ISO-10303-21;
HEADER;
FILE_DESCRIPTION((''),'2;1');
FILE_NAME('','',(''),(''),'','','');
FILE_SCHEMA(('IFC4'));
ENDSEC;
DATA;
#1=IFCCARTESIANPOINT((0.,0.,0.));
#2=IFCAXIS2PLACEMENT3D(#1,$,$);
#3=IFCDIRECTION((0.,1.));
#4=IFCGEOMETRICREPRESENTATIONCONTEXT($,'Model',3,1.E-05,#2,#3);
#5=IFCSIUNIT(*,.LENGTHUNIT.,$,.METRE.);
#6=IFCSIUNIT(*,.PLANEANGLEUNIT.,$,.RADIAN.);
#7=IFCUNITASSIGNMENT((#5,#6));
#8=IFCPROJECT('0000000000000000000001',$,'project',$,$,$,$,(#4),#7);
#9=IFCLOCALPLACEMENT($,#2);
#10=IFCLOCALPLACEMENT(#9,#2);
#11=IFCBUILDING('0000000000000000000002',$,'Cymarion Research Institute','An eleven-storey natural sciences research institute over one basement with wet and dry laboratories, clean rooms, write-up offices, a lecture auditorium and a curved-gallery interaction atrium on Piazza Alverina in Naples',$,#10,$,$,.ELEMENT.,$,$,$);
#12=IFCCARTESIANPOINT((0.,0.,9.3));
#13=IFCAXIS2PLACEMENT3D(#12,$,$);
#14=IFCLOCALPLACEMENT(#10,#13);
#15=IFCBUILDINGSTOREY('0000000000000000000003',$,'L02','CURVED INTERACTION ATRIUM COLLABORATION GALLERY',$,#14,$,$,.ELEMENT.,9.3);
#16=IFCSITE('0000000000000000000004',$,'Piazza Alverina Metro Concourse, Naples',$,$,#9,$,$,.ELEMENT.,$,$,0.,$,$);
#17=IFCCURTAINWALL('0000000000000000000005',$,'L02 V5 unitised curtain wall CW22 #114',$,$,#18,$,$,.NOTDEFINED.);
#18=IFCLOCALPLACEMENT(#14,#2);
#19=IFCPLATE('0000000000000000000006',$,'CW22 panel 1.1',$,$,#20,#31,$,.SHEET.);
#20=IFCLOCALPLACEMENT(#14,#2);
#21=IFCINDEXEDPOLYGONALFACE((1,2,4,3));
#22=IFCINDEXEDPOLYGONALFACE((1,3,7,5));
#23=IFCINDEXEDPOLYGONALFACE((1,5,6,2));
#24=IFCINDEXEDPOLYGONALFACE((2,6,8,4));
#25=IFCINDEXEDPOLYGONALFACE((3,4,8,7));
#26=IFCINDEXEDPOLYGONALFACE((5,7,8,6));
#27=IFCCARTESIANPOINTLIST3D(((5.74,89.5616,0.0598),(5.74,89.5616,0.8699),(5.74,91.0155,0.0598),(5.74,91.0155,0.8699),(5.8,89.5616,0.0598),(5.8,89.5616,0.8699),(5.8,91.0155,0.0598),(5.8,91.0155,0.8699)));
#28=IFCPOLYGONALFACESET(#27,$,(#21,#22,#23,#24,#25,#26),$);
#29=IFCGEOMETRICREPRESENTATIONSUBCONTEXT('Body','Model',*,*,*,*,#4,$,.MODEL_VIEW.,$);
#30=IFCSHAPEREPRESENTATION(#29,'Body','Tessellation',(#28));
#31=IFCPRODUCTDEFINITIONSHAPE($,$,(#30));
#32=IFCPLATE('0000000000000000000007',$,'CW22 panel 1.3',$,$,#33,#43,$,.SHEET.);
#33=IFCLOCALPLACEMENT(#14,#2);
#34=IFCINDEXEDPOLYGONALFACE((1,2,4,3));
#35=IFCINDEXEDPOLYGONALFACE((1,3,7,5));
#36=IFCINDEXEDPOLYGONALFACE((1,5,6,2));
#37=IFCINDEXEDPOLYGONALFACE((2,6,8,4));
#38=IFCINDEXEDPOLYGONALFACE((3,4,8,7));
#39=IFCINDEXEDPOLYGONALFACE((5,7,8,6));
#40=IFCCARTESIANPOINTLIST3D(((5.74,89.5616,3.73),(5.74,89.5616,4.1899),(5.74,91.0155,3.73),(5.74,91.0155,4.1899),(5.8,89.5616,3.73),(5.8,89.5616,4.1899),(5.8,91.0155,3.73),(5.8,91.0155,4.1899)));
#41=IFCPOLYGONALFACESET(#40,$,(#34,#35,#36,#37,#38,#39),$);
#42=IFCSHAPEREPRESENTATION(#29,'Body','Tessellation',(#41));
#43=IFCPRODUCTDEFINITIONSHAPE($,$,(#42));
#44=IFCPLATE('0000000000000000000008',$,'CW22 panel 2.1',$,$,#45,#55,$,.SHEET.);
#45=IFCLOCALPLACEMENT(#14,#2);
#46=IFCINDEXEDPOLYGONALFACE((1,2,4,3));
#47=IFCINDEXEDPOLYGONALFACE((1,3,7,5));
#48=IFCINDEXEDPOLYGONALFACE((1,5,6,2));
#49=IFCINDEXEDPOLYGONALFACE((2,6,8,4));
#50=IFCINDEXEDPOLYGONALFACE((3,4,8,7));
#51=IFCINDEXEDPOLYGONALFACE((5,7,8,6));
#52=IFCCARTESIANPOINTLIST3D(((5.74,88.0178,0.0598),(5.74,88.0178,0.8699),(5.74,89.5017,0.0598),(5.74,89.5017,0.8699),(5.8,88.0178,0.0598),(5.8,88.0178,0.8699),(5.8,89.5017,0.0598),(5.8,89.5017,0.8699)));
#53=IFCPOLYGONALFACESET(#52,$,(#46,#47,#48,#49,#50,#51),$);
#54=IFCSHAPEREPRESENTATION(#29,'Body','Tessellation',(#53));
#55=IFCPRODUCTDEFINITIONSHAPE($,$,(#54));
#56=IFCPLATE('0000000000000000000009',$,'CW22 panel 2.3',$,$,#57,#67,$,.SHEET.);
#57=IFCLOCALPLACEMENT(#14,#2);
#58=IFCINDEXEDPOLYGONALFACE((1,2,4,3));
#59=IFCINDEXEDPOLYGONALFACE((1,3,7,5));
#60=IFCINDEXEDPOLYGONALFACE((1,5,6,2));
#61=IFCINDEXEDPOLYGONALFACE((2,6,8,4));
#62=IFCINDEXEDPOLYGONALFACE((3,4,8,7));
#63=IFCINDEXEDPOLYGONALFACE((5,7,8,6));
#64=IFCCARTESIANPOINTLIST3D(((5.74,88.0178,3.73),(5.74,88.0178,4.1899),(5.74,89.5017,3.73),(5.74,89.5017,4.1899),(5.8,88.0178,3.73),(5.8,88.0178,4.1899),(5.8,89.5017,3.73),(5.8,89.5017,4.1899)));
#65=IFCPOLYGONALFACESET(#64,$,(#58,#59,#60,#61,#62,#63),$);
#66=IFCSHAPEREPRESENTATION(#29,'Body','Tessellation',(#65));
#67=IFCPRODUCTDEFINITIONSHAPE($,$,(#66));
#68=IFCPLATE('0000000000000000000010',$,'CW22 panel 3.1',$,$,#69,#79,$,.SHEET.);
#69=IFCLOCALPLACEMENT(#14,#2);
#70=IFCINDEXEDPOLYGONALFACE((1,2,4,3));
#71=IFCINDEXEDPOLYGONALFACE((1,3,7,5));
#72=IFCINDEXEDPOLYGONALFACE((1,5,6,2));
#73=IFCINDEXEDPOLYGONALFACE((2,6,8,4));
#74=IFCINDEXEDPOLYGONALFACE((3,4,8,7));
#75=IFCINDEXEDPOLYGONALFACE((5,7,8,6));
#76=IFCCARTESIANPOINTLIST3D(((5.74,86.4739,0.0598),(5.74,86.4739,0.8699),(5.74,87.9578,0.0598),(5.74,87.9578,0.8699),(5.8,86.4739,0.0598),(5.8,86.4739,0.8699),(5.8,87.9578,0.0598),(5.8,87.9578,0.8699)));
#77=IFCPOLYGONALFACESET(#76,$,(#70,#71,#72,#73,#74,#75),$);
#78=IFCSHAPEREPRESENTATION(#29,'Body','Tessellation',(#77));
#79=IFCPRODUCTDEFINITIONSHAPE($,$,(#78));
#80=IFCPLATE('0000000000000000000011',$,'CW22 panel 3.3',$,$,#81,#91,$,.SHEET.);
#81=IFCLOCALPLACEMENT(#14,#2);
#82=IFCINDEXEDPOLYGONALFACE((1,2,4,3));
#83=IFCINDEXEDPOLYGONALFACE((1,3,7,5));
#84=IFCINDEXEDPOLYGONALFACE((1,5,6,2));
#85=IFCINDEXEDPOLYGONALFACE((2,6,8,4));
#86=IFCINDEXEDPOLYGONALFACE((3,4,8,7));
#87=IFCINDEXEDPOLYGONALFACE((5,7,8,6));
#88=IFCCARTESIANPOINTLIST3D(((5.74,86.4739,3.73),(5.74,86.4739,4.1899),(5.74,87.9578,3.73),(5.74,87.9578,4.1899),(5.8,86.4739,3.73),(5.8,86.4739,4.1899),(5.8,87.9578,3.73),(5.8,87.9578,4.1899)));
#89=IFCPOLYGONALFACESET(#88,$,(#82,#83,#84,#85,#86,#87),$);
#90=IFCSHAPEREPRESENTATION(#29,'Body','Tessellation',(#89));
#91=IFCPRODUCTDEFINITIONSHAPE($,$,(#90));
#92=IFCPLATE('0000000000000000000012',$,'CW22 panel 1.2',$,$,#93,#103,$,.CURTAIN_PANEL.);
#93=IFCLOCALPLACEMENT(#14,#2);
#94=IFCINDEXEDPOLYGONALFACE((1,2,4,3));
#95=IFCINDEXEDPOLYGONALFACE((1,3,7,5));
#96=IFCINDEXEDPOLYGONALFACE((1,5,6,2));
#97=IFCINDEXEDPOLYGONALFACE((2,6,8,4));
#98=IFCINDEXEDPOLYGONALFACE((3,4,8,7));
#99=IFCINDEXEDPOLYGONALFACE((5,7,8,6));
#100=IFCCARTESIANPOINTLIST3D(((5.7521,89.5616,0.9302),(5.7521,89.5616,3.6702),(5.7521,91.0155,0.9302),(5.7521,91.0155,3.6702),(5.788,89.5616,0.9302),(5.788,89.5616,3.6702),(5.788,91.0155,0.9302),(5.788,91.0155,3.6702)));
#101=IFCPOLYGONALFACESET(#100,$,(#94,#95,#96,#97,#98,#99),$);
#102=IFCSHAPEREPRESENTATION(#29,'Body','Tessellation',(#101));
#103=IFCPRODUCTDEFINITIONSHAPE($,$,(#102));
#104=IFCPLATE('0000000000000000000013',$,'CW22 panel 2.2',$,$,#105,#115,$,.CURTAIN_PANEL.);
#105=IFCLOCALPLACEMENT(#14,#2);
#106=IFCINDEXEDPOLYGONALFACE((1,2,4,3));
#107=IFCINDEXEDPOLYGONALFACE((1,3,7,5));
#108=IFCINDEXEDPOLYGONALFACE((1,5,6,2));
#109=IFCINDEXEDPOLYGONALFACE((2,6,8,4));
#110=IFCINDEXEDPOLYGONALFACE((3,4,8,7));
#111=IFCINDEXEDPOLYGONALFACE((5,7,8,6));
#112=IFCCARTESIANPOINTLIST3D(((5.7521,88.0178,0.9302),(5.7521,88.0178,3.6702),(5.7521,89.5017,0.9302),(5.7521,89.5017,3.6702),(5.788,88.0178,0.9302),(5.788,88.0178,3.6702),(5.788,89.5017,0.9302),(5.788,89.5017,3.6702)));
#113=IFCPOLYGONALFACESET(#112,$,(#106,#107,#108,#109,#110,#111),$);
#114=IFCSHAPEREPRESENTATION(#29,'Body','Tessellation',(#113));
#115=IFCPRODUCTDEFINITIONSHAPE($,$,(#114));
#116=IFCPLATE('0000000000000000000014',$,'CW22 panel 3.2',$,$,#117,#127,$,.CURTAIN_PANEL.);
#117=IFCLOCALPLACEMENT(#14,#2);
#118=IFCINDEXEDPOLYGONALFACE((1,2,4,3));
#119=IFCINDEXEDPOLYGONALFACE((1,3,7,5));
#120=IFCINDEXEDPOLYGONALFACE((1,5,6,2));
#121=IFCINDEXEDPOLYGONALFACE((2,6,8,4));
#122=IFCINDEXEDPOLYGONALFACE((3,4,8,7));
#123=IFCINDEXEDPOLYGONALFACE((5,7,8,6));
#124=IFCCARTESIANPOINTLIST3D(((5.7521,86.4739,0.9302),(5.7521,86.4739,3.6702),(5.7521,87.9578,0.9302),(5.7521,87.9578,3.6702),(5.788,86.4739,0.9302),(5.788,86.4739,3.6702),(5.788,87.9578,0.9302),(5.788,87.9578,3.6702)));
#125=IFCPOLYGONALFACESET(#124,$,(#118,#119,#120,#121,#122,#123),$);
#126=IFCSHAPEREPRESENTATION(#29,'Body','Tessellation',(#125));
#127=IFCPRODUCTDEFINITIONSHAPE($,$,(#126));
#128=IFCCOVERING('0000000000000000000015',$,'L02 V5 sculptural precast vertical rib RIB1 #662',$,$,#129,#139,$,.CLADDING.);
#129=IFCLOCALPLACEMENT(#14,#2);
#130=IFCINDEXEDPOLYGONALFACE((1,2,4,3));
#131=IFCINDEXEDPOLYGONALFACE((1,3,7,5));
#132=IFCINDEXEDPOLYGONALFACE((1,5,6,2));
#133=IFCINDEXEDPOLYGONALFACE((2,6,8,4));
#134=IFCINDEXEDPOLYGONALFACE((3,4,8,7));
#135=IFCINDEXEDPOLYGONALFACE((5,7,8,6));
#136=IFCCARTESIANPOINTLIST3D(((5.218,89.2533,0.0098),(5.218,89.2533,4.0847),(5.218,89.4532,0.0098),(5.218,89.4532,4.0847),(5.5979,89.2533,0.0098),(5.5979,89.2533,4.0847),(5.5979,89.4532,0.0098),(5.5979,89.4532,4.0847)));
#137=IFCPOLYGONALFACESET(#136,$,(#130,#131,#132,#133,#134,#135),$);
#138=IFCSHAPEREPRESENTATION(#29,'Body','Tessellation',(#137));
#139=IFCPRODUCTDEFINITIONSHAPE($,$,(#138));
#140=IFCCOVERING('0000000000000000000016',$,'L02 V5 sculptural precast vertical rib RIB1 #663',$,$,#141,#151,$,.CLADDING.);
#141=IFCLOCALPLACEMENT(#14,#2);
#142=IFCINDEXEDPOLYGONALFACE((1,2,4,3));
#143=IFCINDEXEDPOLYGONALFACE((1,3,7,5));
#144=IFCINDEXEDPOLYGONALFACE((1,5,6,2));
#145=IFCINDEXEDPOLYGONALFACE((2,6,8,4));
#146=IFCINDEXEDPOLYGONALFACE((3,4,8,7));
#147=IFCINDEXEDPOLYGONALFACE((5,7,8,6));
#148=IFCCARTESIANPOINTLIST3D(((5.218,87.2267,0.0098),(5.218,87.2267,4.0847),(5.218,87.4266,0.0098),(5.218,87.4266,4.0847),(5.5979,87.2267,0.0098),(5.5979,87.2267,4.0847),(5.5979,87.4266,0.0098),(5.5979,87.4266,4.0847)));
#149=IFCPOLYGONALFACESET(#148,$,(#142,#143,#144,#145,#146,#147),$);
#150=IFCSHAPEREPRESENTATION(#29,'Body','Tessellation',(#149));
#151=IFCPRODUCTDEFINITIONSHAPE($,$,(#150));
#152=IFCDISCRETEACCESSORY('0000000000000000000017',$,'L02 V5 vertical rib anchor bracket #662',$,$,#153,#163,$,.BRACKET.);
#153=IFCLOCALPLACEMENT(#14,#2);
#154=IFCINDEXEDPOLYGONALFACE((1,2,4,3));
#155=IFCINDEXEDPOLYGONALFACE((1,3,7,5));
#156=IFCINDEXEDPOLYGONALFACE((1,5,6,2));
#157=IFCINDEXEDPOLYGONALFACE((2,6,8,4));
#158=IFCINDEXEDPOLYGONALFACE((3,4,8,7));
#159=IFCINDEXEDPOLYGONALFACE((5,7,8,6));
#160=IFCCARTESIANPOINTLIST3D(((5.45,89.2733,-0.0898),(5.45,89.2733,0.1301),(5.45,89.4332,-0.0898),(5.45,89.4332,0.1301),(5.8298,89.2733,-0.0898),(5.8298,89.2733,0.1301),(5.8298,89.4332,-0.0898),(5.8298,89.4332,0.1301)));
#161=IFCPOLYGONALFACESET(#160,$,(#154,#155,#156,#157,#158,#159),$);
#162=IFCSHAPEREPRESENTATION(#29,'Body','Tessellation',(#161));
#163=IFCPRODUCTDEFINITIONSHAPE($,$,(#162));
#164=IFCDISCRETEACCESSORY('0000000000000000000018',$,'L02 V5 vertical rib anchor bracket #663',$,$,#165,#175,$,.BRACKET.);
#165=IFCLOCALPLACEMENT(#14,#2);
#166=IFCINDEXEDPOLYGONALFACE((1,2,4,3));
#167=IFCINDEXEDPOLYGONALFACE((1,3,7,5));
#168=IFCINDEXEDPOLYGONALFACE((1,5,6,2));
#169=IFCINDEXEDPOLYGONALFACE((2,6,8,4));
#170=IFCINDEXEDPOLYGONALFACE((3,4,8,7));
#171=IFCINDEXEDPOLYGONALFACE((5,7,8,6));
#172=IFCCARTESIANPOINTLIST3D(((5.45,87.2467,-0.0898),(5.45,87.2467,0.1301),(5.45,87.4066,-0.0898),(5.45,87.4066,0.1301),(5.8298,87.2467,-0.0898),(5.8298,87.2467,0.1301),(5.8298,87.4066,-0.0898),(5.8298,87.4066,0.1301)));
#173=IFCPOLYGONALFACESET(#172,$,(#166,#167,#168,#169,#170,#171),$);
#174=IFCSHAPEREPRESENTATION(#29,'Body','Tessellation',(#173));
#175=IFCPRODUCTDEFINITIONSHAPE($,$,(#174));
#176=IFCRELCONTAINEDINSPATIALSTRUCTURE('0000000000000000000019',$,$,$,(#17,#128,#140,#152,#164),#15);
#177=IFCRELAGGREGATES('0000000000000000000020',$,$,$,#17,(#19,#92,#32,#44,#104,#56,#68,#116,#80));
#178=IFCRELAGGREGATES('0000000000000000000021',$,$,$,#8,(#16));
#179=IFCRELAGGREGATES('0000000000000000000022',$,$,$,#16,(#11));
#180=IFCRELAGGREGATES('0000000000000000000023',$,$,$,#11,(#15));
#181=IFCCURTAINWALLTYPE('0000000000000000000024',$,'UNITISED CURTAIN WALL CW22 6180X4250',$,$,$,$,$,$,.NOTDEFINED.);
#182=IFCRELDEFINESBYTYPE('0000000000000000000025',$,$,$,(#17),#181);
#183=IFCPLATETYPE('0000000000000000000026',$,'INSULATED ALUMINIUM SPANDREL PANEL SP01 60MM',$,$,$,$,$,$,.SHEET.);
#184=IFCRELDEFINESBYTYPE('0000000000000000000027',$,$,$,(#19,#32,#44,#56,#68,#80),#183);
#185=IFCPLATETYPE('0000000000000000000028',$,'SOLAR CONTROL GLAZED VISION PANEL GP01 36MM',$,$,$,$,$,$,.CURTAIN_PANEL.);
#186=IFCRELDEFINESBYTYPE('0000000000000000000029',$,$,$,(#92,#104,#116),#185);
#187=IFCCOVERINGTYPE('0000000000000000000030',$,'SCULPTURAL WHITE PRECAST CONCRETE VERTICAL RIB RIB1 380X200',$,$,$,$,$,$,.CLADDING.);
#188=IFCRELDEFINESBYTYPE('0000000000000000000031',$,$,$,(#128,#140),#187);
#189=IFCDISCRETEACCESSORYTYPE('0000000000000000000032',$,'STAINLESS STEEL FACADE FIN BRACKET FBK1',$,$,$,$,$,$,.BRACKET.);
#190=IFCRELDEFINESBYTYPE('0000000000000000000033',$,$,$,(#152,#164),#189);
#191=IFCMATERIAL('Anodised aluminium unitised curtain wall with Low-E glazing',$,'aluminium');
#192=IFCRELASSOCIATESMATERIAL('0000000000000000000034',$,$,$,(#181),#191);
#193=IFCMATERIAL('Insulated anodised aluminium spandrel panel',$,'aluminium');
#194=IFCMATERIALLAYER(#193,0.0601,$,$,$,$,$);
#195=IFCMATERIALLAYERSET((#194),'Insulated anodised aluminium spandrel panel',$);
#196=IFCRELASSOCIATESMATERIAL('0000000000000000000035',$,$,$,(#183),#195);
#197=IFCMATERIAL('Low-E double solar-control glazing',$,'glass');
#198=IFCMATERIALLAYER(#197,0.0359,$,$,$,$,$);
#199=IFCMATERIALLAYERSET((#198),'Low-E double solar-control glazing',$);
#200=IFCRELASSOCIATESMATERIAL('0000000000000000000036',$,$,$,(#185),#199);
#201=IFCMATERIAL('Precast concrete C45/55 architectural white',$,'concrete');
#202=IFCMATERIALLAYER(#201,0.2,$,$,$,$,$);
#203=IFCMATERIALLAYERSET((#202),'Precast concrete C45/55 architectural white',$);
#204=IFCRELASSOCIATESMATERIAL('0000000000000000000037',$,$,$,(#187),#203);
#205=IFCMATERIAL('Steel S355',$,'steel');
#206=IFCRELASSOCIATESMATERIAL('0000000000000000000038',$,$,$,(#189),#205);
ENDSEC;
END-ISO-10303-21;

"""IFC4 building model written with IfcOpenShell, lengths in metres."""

from ifc_helpers import new_model, si_unit, direction, frame, origin, origin_2d, place, context, subcontext, project, spatial, rectangle, extrude, material, layer, layer_set, type_object, element, aggregate, save


model = new_model("IFC4")

# Units and contexts
model_context = context("Model", 3, precision=1e-05, world=origin(), true_north=direction((0.0, 1.0)))
body_context = subcontext(model_context, "Body", "Model", "MODEL_VIEW")
ifc_project = project(units=[si_unit("LENGTHUNIT", "METRE"), si_unit("PLANEANGLEUNIT", "RADIAN")], contexts=[model_context])

# Site, building, storey
site_placement = place(None, origin())
site = spatial("IfcSite", under=ifc_project, at=site_placement, Name="Piazza Alverina Metro Concourse, Naples", CompositionType="ELEMENT", RefElevation=0.0)
building_placement = place(site_placement, origin())
building = spatial("IfcBuilding", under=site, at=building_placement, Name="Cymarion Research Institute", Description="An eleven-storey natural sciences research institute over one basement with wet and dry laboratories, clean rooms, write-up offices, a lecture auditorium and a curved-gallery interaction atrium on Piazza Alverina in Naples", CompositionType="ELEMENT")
storey_placement = place(building_placement, frame((0.0, 0.0, 9.3)))
storey = spatial("IfcBuildingStorey", under=building, at=storey_placement, Name="L02", Description="CURVED INTERACTION ATRIUM COLLABORATION GALLERY", CompositionType="ELEMENT", Elevation=9.3)

# Curtain wall, plates
ifc_material_1 = material(Name="Anodised aluminium unitised curtain wall with Low-E glazing", Category="aluminium")
curtain_wall_type = type_object("IfcCurtainWallType", Name="UNITISED CURTAIN WALL CW22 6180X4250", PredefinedType="NOTDEFINED", material=ifc_material_1)
curtain_wall_placement = place(storey_placement, origin())
curtain_wall = element("IfcCurtainWall", 1, at=curtain_wall_placement, inside=storey, type_object=curtain_wall_type, Name="L02 V5 unitised curtain wall CW22 #114", PredefinedType="NOTDEFINED")
ifc_material_2 = material(Name="Insulated anodised aluminium spandrel panel", Category="aluminium")
ifc_layer_1 = layer(ifc_material_2, 0.0601)
ifc_layer_set_1 = layer_set([ifc_layer_1], Name="Insulated anodised aluminium spandrel panel")
plate_type_1 = type_object("IfcPlateType", Name="INSULATED ALUMINIUM SPANDREL PANEL SP01 60MM", PredefinedType="SHEET", material=ifc_layer_set_1)
plate_1_placement = place(storey_placement, frame((5.77, 90.2886, 0.0598), z_axis=(0.0, 0.0, 1.0), x_axis=(0.0, -1.0, 0.0)))
plate_1 = element("IfcPlate", 2, at=plate_1_placement, type_object=plate_type_1, Name="CW22 panel 1.1", PredefinedType="SHEET", context=body_context, shape_type="SweptSolid", body=[
    extrude(rectangle(XDim=1.4539, YDim=0.0601, at=origin_2d()), origin(), (0.0, 0.0, 1.0), 0.8101),
])
plate_2_placement = place(storey_placement, frame((5.77, 90.2886, 3.73), z_axis=(0.0, 0.0, 1.0), x_axis=(0.0, -1.0, 0.0)))
plate_2 = element("IfcPlate", 3, at=plate_2_placement, type_object=plate_type_1, Name="CW22 panel 1.3", PredefinedType="SHEET", context=body_context, shape_type="SweptSolid", body=[
    extrude(rectangle(XDim=1.4539, YDim=0.0601, at=origin_2d()), origin(), (0.0, 0.0, 1.0), 0.46),
])
plate_3_placement = place(storey_placement, frame((5.77, 88.7598, 0.0598), z_axis=(0.0, 0.0, 1.0), x_axis=(0.0, -1.0, 0.0)))
plate_3 = element("IfcPlate", 4, at=plate_3_placement, type_object=plate_type_1, Name="CW22 panel 2.1", PredefinedType="SHEET", context=body_context, shape_type="SweptSolid", body=[
    extrude(rectangle(XDim=1.4839, YDim=0.0601, at=origin_2d()), origin(), (0.0, 0.0, 1.0), 0.8101),
])
plate_4_placement = place(storey_placement, frame((5.77, 88.7598, 3.73), z_axis=(0.0, 0.0, 1.0), x_axis=(0.0, -1.0, 0.0)))
plate_4 = element("IfcPlate", 5, at=plate_4_placement, type_object=plate_type_1, Name="CW22 panel 2.3", PredefinedType="SHEET", context=body_context, shape_type="SweptSolid", body=[
    extrude(rectangle(XDim=1.4839, YDim=0.0601, at=origin_2d()), origin(), (0.0, 0.0, 1.0), 0.46),
])
plate_5_placement = place(storey_placement, frame((5.77, 87.2158, 0.0598), z_axis=(0.0, 0.0, 1.0), x_axis=(0.0, -1.0, 0.0)))
plate_5 = element("IfcPlate", 6, at=plate_5_placement, type_object=plate_type_1, Name="CW22 panel 3.1", PredefinedType="SHEET", context=body_context, shape_type="SweptSolid", body=[
    extrude(rectangle(XDim=1.4839, YDim=0.0601, at=origin_2d()), origin(), (0.0, 0.0, 1.0), 0.8101),
])
plate_6_placement = place(storey_placement, frame((5.77, 87.2158, 3.73), z_axis=(0.0, 0.0, 1.0), x_axis=(0.0, -1.0, 0.0)))
plate_6 = element("IfcPlate", 7, at=plate_6_placement, type_object=plate_type_1, Name="CW22 panel 3.3", PredefinedType="SHEET", context=body_context, shape_type="SweptSolid", body=[
    extrude(rectangle(XDim=1.4839, YDim=0.0601, at=origin_2d()), origin(), (0.0, 0.0, 1.0), 0.46),
])
ifc_material_3 = material(Name="Low-E double solar-control glazing", Category="glass")
ifc_layer_2 = layer(ifc_material_3, 0.0359)
ifc_layer_set_2 = layer_set([ifc_layer_2], Name="Low-E double solar-control glazing")
plate_type_2 = type_object("IfcPlateType", Name="SOLAR CONTROL GLAZED VISION PANEL GP01 36MM", PredefinedType="CURTAIN_PANEL", material=ifc_layer_set_2)
plate_7_placement = place(storey_placement, frame((5.77, 90.2886, 0.9302), z_axis=(0.0, 0.0, 1.0), x_axis=(0.0, -1.0, 0.0)))
plate_7 = element("IfcPlate", 8, at=plate_7_placement, type_object=plate_type_2, Name="CW22 panel 1.2", PredefinedType="CURTAIN_PANEL", context=body_context, shape_type="SweptSolid", body=[
    extrude(rectangle(XDim=1.4539, YDim=0.0359, at=origin_2d()), origin(), (0.0, 0.0, 1.0), 2.74),
])
plate_8_placement = place(storey_placement, frame((5.77, 88.7598, 0.9302), z_axis=(0.0, 0.0, 1.0), x_axis=(0.0, -1.0, 0.0)))
plate_8 = element("IfcPlate", 9, at=plate_8_placement, type_object=plate_type_2, Name="CW22 panel 2.2", PredefinedType="CURTAIN_PANEL", context=body_context, shape_type="SweptSolid", body=[
    extrude(rectangle(XDim=1.4839, YDim=0.0359, at=origin_2d()), origin(), (0.0, 0.0, 1.0), 2.74),
])
plate_9_placement = place(storey_placement, frame((5.77, 87.2158, 0.9302), z_axis=(0.0, 0.0, 1.0), x_axis=(0.0, -1.0, 0.0)))
plate_9 = element("IfcPlate", 10, at=plate_9_placement, type_object=plate_type_2, Name="CW22 panel 3.2", PredefinedType="CURTAIN_PANEL", context=body_context, shape_type="SweptSolid", body=[
    extrude(rectangle(XDim=1.4839, YDim=0.0359, at=origin_2d()), origin(), (0.0, 0.0, 1.0), 2.74),
])
aggregate(curtain_wall, [plate_1, plate_7, plate_2, plate_3, plate_8, plate_4, plate_5, plate_9, plate_6])

# Coverings
ifc_material_4 = material(Name="Precast concrete C45/55 architectural white", Category="concrete")
ifc_layer_3 = layer(ifc_material_4, 0.2)
ifc_layer_set_3 = layer_set([ifc_layer_3], Name="Precast concrete C45/55 architectural white")
covering_type = type_object("IfcCoveringType", Name="SCULPTURAL WHITE PRECAST CONCRETE VERTICAL RIB RIB1 380X200", PredefinedType="CLADDING", material=ifc_layer_set_3)
for number, where, z_axis, x_axis, name in (
    (11, (5.408, 89.3533, 0.0098), (0.0, 0.0, 1.0), (-1.0, 0.0, 0.0), "L02 V5 sculptural precast vertical rib RIB1 #662"),
    (12, (5.408, 87.3267, 0.0098), (0.0, 0.0, 1.0), (-1.0, 0.0, 0.0), "L02 V5 sculptural precast vertical rib RIB1 #663"),
):
    element("IfcCovering", number, at=place(storey_placement, frame(where, z_axis=z_axis, x_axis=x_axis)), inside=storey, type_object=covering_type, Name=name, PredefinedType="CLADDING", context=body_context, shape_type="SweptSolid", body=[
        extrude(rectangle(XDim=0.3799, YDim=0.2, at=origin_2d()), origin(), (0.0, 0.0, 1.0), 4.075),
    ])

# Discrete accessories
ifc_material_5 = material(Name="Steel S355", Category="steel")
discrete_accessory_type = type_object("IfcDiscreteAccessoryType", Name="STAINLESS STEEL FACADE FIN BRACKET FBK1", PredefinedType="BRACKET", material=ifc_material_5)
for number, where, z_axis, x_axis, name in (
    (13, (5.6399, 89.3533, -0.0898), (0.0, 0.0, 1.0), (-1.0, 0.0, 0.0), "L02 V5 vertical rib anchor bracket #662"),
    (14, (5.6399, 87.3267, -0.0898), (0.0, 0.0, 1.0), (-1.0, 0.0, 0.0), "L02 V5 vertical rib anchor bracket #663"),
):
    element("IfcDiscreteAccessory", number, at=place(storey_placement, frame(where, z_axis=z_axis, x_axis=x_axis)), inside=storey, type_object=discrete_accessory_type, Name=name, PredefinedType="BRACKET", context=body_context, shape_type="SweptSolid", body=[
        extrude(rectangle(XDim=0.3799, YDim=0.1599, at=origin_2d()), origin(), (0.0, 0.0, 1.0), 0.22),
    ])

save(model, "model.ifc")
